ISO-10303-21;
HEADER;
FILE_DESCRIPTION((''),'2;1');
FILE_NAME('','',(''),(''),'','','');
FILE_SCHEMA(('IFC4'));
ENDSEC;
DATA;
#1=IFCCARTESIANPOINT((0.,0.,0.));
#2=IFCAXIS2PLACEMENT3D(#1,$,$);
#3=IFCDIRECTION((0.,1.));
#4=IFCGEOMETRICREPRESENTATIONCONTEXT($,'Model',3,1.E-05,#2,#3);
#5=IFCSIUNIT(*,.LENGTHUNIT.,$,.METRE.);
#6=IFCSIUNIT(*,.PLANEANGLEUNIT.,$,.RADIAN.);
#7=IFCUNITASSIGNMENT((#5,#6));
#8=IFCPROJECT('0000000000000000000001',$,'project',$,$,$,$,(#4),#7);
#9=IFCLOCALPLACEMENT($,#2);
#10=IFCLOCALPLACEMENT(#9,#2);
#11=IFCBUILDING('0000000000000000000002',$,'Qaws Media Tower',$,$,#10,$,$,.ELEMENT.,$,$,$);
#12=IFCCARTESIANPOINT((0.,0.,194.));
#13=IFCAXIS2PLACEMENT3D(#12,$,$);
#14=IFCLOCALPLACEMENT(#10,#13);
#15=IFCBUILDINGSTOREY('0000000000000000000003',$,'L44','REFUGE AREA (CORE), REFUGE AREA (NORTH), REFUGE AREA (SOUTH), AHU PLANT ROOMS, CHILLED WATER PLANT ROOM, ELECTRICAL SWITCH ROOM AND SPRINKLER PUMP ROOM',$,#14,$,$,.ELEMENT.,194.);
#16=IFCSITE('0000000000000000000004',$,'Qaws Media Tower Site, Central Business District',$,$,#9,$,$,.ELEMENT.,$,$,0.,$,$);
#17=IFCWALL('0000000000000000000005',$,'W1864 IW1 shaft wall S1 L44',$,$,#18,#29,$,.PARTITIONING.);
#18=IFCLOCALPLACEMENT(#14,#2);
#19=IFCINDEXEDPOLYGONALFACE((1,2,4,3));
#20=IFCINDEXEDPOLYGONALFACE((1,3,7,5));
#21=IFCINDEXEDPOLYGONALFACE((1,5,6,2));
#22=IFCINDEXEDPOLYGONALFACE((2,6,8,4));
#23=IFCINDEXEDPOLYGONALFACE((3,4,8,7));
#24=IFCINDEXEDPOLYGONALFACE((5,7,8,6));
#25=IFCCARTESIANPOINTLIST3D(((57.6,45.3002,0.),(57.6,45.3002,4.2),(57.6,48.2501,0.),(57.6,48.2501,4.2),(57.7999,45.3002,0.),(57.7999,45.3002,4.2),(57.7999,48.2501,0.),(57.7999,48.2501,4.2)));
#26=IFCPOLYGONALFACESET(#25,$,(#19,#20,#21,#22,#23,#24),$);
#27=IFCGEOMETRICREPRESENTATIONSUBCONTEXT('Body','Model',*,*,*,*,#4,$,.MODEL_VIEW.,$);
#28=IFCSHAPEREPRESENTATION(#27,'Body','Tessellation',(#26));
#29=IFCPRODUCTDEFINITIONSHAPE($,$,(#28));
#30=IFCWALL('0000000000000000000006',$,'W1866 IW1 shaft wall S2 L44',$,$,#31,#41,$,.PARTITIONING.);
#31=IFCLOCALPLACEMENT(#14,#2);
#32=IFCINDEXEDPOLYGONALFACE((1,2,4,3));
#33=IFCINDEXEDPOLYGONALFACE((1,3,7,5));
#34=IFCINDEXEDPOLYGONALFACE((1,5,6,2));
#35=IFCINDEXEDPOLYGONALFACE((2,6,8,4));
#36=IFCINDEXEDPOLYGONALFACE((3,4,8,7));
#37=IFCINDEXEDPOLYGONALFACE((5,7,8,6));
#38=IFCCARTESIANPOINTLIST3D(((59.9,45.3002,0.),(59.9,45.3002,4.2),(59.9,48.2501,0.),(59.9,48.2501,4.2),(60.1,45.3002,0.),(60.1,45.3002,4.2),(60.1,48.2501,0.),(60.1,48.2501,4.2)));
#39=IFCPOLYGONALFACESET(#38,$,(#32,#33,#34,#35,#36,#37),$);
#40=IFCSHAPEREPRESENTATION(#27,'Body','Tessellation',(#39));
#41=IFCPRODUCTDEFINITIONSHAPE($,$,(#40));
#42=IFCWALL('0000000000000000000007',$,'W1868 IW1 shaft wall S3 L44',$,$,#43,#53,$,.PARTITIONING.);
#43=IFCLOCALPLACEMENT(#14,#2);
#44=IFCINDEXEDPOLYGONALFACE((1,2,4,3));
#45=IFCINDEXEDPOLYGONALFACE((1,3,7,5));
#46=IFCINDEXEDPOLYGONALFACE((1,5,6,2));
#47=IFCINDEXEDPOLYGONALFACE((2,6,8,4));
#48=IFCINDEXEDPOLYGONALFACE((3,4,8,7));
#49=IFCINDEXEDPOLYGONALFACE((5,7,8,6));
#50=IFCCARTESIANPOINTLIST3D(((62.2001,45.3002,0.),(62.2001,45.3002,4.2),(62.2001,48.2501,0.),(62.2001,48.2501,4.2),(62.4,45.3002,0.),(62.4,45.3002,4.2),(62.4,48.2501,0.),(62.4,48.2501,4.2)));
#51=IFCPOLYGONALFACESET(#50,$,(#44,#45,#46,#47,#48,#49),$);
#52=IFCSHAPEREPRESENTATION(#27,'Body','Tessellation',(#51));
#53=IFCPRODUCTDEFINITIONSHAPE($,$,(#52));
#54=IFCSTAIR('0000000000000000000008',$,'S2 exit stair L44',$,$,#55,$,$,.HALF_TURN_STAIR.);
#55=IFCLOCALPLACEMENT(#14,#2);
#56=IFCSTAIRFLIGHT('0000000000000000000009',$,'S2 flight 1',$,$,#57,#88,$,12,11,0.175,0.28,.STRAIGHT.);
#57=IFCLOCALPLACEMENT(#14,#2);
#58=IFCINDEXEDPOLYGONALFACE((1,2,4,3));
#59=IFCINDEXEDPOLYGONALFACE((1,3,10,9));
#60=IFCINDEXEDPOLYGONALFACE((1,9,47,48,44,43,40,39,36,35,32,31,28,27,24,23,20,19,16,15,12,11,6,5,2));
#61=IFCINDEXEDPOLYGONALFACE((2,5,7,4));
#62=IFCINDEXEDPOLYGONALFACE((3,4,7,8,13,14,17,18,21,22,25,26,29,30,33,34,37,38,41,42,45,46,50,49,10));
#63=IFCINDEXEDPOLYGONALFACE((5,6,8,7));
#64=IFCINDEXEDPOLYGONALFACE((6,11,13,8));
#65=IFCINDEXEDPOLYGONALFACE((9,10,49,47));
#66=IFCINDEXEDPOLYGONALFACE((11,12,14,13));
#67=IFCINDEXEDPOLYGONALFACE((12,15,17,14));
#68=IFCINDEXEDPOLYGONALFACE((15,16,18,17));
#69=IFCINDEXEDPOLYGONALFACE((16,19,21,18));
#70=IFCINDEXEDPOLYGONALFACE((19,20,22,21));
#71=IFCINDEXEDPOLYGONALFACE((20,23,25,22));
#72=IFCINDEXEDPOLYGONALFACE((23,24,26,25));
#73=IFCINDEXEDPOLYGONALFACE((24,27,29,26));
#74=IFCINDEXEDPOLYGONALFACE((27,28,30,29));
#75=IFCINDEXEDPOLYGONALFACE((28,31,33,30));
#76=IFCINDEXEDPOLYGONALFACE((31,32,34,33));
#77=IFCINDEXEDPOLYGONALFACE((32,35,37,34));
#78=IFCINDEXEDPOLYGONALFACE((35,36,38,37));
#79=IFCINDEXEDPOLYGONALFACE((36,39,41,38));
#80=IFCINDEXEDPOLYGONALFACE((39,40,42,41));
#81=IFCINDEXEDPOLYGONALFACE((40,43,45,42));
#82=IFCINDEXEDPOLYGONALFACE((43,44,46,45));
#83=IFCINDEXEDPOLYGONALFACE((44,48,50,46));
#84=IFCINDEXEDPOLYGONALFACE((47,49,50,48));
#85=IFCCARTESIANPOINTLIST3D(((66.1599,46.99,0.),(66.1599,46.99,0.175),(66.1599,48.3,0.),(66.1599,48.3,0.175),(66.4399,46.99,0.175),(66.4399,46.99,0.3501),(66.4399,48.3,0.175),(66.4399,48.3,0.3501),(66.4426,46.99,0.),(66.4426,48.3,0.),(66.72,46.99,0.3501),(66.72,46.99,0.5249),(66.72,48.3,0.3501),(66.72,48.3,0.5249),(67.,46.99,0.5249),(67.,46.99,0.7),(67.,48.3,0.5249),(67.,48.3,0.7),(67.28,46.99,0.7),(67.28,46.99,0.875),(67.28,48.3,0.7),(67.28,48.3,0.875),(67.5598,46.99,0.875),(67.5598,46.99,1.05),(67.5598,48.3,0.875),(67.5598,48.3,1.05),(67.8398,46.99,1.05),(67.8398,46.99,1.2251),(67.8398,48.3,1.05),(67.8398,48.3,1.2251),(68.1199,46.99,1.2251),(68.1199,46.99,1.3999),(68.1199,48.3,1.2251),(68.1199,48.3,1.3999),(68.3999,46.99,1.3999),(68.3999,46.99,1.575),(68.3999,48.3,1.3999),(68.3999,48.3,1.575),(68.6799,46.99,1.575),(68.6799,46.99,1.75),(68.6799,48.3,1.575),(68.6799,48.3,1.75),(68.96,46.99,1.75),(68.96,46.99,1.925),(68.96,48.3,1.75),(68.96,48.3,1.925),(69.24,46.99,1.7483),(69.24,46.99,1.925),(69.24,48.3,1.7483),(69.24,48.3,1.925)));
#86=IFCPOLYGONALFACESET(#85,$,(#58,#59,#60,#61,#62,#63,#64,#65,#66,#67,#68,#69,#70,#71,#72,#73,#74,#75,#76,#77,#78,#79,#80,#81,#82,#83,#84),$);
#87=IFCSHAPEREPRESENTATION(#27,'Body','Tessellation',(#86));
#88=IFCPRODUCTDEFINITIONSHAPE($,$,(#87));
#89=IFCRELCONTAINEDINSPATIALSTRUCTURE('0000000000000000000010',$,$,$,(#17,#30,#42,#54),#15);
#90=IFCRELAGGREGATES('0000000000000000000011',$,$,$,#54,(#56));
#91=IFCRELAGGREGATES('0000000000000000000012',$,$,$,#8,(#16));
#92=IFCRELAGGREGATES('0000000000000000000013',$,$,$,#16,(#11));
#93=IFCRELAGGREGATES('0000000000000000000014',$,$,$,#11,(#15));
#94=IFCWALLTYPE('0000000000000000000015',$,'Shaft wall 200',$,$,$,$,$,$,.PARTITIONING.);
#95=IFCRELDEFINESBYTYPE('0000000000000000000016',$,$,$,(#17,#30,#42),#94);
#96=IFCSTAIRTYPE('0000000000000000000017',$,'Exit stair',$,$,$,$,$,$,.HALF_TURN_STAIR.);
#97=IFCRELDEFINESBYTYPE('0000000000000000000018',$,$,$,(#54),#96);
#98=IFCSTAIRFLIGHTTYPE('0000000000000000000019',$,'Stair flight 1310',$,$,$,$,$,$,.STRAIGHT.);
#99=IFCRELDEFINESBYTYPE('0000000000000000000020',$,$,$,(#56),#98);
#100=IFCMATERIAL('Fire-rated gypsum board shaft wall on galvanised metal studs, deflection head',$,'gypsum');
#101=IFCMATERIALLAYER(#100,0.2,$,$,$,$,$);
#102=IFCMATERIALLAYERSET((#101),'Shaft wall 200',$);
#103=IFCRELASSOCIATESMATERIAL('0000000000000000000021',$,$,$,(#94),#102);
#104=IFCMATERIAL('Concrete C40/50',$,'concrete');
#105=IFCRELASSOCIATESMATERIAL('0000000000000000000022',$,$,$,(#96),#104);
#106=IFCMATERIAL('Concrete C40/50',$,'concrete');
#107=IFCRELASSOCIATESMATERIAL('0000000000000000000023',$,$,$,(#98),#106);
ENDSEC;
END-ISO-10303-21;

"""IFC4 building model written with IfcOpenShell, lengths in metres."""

from ifc_helpers import new_model, si_unit, direction, frame, frame_2d, origin, place, context, subcontext, project, spatial, polyline, rectangle, outline, extrude, material, layer, layer_set, type_object, element, aggregate, save


model = new_model("IFC4")

# Units and contexts
model_context = context("Model", 3, precision=1e-05, world=origin(), true_north=direction((0.0, 1.0)))
body_context = subcontext(model_context, "Body", "Model", "MODEL_VIEW")
ifc_project = project(units=[si_unit("LENGTHUNIT", "METRE"), si_unit("PLANEANGLEUNIT", "RADIAN")], contexts=[model_context])

# Site, building, storey
site_placement = place(None, origin())
site = spatial("IfcSite", under=ifc_project, at=site_placement, Name="Qaws Media Tower Site, Central Business District", CompositionType="ELEMENT", RefElevation=0.0)
building_placement = place(site_placement, origin())
building = spatial("IfcBuilding", under=site, at=building_placement, Name="Qaws Media Tower", CompositionType="ELEMENT")
storey_placement = place(building_placement, frame((0.0, 0.0, 194.0)))
storey = spatial("IfcBuildingStorey", under=building, at=storey_placement, Name="L44", Description="REFUGE AREA (CORE), REFUGE AREA (NORTH), REFUGE AREA (SOUTH), AHU PLANT ROOMS, CHILLED WATER PLANT ROOM, ELECTRICAL SWITCH ROOM AND SPRINKLER PUMP ROOM", CompositionType="ELEMENT", Elevation=194.0)

# Walls
ifc_material_1 = material(Name="Fire-rated gypsum board shaft wall on galvanised metal studs, deflection head", Category="gypsum")
ifc_layer_1 = layer(ifc_material_1, 0.2)
ifc_layer_set_1 = layer_set([ifc_layer_1], Name="Shaft wall 200")
wall_type_1 = type_object("IfcWallType", Name="Shaft wall 200", PredefinedType="PARTITIONING", material=ifc_layer_set_1)
for number, where, z_axis, x_axis, name in (
    (1, (57.7, 45.3, 0.0), (0.0, 0.0, 1.0), (0.0, 1.0, 0.0), "W1864 IW1 shaft wall S1 L44"),
    (2, (60.0, 45.3, 0.0), (0.0, 0.0, 1.0), (0.0, 1.0, 0.0), "W1866 IW1 shaft wall S2 L44"),
    (3, (62.3, 45.3, 0.0), (0.0, 0.0, 1.0), (0.0, 1.0, 0.0), "W1868 IW1 shaft wall S3 L44"),
):
    element("IfcWall", number, at=place(storey_placement, frame(where, z_axis=z_axis, x_axis=x_axis)), inside=storey, type_object=wall_type_1, Name=name, PredefinedType="PARTITIONING", context=body_context, shape_type="SweptSolid", body=[
        extrude(rectangle(XDim=2.95, YDim=0.2, at=frame_2d((1.4751, 0.0))), origin(), (0.0, 0.0, 1.0), 4.2),
    ])

# Stair, stair flight
ifc_material_2 = material(Name="Concrete C40/50", Category="concrete")
stair_type = type_object("IfcStairType", Name="Exit stair", PredefinedType="HALF_TURN_STAIR", material=ifc_material_2)
stair_placement = place(storey_placement, origin())
stair = element("IfcStair", 4, at=stair_placement, inside=storey, type_object=stair_type, Name="S2 exit stair L44", PredefinedType="HALF_TURN_STAIR")
ifc_material_3 = material(Name="Concrete C40/50", Category="concrete")
stair_flight_type = type_object("IfcStairFlightType", Name="Stair flight 1310", PredefinedType="STRAIGHT", material=ifc_material_3)
stair_flight_placement = place(storey_placement, frame((66.1599, 47.645, 0.0), z_axis=(0.0, 0.0, 1.0), x_axis=(1.0, 0.0, 0.0)))
stair_flight = element("IfcStairFlight", 5, at=stair_flight_placement, type_object=stair_flight_type, Name="S2 flight 1", NumberOfRisers=12, NumberOfTreads=11, PredefinedType="STRAIGHT", RiserHeight=0.175, TreadLength=0.28, context=body_context, shape_type="SweptSolid", body=[
    extrude(outline(polyline([(0.0, 0.0), (0.0, 0.175), (0.28, 0.175), (0.28, 0.3501), (0.5601, 0.3501), (0.5601, 0.5249), (0.8401, 0.5249), (0.8401, 0.7), (1.1201, 0.7), (1.1201, 0.875), (1.3999, 0.875), (1.3999, 1.05), (1.6799, 1.05), (1.6799, 1.2251), (1.96, 1.2251), (1.96, 1.3999), (2.24, 1.3999), (2.24, 1.575), (2.52, 1.575), (2.52, 1.75), (2.8, 1.75), (2.8, 1.925), (3.0801, 1.925), (3.0801, 2.1001), (3.0801, 1.7483), (0.2827, 0.0), (0.0, 0.0)])), frame((0.0, 0.655, 0.0), z_axis=(0.0, -1.0, 0.0), x_axis=(1.0, 0.0, 0.0)), (0.0, 0.0, 1.0), 1.3101),
])
aggregate(stair, [stair_flight])

save(model, "model.ifc")
